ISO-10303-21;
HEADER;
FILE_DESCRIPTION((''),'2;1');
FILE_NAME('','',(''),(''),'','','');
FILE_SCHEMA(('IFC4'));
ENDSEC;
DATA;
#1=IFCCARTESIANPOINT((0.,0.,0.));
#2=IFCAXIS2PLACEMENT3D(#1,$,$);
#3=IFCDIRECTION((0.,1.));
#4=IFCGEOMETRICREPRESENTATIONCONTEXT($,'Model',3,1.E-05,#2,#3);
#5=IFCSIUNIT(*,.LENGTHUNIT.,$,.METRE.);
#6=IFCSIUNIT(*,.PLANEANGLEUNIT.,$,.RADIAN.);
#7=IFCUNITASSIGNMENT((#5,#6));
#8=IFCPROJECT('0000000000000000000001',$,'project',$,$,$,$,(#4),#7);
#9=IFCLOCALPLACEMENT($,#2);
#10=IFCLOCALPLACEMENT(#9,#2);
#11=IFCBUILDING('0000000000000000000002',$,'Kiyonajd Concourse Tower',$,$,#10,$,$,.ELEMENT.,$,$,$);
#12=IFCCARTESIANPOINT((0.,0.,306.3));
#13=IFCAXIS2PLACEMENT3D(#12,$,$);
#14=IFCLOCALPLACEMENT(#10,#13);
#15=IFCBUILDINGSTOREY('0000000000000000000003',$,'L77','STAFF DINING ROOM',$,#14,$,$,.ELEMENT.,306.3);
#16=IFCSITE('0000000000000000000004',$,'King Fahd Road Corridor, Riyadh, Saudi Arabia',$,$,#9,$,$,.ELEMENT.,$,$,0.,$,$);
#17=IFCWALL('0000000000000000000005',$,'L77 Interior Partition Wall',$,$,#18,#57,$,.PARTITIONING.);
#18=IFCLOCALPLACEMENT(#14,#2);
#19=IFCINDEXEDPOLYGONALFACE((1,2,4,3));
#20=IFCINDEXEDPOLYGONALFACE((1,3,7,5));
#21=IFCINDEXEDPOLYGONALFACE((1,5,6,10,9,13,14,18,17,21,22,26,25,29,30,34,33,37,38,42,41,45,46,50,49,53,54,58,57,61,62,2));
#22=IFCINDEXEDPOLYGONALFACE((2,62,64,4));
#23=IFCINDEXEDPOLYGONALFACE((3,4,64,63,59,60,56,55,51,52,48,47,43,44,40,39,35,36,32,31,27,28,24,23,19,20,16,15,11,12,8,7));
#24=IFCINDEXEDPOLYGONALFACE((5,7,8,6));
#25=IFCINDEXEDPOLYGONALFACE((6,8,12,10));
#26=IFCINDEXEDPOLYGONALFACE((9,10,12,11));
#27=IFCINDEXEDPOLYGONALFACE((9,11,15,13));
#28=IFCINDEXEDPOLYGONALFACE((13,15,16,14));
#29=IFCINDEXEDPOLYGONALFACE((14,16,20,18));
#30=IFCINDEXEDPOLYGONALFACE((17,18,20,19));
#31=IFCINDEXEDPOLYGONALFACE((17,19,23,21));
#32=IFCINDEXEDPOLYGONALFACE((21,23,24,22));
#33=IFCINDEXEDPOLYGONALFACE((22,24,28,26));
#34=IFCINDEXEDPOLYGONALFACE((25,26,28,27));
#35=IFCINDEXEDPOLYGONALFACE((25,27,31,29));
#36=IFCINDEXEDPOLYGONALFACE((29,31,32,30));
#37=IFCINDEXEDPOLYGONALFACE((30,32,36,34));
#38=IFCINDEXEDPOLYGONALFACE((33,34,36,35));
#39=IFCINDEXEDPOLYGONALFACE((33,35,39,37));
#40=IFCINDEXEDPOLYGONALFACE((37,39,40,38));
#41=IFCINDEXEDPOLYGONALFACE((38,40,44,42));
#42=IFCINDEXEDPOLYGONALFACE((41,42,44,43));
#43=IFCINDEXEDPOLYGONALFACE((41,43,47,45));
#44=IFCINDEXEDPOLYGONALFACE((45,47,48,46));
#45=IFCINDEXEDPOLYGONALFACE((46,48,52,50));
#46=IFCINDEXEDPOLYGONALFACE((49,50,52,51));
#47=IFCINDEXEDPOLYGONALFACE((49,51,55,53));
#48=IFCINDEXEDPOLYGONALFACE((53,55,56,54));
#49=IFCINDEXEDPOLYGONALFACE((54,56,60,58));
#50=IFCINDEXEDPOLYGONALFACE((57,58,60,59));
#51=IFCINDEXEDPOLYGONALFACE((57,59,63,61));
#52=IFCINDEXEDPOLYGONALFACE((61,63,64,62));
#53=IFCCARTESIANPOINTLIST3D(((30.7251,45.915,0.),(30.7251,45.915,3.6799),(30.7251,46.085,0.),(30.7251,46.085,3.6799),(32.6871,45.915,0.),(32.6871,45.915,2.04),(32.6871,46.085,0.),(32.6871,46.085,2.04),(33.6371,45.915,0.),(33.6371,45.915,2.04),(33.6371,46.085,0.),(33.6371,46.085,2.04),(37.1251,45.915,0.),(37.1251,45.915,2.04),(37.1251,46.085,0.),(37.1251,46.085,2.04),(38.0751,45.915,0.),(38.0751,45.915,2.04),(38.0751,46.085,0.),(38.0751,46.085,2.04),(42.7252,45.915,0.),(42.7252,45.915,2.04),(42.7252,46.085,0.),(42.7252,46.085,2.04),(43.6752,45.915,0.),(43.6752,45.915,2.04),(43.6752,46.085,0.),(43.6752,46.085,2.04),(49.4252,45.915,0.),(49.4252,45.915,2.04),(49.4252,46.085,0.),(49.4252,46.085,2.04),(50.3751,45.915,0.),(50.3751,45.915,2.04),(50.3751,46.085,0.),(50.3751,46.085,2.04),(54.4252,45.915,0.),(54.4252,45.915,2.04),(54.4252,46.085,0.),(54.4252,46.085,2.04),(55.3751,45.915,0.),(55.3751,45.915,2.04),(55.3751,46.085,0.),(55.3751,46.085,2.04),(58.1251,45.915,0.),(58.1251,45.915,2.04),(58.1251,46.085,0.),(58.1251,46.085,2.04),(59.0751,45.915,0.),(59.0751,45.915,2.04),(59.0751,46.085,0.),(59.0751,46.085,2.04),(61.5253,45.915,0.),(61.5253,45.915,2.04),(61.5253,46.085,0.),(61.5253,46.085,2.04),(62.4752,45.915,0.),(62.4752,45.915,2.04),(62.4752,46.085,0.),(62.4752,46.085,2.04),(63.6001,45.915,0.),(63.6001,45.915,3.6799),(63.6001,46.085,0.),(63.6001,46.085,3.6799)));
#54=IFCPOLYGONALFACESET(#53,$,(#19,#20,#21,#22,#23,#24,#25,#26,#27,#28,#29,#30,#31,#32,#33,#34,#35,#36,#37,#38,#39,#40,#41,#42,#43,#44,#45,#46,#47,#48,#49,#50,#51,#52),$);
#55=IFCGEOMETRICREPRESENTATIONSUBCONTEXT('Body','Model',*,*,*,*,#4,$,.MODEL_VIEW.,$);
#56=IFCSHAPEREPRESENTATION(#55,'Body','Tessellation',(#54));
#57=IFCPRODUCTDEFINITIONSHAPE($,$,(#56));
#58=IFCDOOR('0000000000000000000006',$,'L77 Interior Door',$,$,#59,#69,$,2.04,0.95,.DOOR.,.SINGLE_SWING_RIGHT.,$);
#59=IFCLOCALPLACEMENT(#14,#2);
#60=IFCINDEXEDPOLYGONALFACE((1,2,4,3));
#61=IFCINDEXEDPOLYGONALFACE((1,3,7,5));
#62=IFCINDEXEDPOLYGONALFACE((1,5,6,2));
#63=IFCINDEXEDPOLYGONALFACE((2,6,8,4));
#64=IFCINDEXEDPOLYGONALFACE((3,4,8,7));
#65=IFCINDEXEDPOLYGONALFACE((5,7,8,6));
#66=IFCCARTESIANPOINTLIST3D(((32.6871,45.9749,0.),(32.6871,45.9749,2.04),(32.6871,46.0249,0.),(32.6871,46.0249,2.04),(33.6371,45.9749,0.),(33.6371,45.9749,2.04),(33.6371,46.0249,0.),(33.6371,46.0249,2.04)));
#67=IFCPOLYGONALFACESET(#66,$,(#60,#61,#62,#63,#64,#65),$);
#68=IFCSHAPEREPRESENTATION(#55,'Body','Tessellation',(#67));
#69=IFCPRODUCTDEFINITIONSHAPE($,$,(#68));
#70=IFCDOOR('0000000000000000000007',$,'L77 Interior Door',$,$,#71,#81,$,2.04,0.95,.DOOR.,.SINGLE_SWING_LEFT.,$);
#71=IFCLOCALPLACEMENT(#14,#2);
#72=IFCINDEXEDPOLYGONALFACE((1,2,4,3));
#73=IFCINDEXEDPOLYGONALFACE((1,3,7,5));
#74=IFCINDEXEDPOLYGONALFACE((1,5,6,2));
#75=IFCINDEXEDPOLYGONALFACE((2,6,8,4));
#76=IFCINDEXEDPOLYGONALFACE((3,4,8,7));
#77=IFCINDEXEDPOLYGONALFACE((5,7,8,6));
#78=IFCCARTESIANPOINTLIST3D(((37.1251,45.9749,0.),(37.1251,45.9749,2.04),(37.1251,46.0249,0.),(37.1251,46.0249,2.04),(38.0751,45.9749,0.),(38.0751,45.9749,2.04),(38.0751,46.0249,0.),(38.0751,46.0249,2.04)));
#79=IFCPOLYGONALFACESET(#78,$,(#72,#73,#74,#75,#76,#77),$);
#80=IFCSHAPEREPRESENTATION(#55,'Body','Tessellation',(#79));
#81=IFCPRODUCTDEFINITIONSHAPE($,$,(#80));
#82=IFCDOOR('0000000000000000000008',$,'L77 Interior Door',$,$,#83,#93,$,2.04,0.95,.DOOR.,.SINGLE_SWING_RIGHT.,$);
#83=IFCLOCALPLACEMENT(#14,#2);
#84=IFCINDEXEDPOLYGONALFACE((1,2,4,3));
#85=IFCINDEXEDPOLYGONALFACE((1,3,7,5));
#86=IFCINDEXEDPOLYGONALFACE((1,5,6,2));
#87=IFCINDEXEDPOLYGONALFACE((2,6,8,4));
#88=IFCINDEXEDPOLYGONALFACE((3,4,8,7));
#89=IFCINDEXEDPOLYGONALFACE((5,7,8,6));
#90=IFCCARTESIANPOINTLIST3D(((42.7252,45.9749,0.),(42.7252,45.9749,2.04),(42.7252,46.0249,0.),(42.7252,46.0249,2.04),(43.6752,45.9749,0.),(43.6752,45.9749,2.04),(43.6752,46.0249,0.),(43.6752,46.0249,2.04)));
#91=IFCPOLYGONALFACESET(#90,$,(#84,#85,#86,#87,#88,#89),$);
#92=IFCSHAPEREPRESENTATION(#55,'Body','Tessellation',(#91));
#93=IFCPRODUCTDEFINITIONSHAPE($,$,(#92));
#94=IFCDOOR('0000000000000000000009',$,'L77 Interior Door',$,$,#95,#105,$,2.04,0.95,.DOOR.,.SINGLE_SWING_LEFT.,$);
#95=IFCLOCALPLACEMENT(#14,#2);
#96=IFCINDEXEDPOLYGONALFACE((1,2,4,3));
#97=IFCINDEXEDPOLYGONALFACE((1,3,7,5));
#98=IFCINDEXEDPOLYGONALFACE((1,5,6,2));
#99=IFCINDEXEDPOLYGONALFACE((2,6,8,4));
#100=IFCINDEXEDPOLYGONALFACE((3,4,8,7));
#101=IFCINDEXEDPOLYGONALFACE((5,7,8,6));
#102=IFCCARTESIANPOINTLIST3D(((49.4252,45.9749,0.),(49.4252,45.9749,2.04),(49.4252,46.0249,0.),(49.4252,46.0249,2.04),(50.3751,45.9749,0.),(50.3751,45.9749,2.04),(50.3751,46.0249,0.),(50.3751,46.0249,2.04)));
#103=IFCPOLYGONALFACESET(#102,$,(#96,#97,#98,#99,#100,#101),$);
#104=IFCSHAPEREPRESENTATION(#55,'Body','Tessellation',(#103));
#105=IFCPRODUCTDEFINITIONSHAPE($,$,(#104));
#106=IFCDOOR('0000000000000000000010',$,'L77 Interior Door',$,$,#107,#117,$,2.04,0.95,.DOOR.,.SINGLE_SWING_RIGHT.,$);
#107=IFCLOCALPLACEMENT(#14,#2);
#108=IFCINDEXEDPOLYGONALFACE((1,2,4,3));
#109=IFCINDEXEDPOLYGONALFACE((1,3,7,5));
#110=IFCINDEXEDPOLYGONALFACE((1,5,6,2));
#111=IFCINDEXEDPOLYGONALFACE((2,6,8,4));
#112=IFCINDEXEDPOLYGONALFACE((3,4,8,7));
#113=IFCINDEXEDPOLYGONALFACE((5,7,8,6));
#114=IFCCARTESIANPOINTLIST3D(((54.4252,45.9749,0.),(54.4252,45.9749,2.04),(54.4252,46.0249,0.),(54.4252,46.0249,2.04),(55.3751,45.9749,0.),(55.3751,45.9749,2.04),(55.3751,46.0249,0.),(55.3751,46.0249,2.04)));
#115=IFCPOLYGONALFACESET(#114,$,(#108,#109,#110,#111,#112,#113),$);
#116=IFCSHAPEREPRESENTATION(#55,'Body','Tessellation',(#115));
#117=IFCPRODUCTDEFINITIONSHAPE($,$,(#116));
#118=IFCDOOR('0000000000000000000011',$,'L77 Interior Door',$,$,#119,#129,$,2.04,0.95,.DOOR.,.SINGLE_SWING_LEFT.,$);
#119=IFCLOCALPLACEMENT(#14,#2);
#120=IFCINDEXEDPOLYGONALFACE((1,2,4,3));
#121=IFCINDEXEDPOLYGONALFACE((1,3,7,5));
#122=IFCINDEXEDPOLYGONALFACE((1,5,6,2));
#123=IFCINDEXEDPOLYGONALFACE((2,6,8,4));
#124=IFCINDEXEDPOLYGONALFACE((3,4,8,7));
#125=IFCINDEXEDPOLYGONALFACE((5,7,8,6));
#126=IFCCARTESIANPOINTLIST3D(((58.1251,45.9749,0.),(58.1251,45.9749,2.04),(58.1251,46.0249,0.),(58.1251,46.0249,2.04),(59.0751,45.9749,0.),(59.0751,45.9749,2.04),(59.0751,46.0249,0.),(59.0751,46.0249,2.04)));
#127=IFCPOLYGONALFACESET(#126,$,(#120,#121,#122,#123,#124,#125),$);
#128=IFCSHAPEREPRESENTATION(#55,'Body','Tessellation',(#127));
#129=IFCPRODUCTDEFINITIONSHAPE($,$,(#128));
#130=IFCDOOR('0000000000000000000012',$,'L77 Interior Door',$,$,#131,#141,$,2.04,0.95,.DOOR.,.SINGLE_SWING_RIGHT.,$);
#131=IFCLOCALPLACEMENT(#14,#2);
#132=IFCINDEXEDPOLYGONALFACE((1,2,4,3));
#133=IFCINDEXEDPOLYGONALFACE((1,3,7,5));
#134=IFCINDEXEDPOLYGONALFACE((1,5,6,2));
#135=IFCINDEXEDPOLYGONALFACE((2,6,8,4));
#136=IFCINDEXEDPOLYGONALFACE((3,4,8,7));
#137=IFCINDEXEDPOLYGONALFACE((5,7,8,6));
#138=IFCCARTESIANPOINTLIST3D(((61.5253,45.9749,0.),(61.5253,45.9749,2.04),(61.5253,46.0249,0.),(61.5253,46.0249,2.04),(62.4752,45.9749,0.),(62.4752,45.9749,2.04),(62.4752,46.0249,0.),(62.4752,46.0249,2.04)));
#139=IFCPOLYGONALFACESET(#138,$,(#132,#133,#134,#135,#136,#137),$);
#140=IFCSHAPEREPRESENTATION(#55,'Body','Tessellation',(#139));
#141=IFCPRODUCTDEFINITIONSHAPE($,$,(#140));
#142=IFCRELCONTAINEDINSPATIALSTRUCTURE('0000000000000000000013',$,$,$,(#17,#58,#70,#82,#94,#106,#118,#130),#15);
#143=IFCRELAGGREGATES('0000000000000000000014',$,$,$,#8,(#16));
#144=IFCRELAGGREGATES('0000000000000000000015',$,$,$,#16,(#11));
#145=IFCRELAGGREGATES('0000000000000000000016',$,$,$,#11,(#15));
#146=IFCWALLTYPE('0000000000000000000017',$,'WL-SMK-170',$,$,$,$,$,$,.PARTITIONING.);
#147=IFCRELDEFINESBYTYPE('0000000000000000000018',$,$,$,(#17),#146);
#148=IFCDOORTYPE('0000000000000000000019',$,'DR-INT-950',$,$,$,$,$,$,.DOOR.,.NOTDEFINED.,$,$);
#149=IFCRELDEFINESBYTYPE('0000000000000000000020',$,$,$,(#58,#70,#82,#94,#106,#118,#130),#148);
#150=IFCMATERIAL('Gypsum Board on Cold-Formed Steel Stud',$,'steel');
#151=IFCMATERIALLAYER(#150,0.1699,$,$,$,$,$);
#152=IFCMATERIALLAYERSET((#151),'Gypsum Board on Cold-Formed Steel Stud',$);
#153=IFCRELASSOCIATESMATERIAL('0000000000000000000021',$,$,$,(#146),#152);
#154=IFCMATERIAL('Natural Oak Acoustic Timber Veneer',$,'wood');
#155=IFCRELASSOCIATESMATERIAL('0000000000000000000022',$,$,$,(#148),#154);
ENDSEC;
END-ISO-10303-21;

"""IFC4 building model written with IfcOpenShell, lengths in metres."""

from ifc_helpers import new_model, si_unit, direction, frame, frame_2d, origin, place, context, subcontext, project, spatial, rectangle, extrude, material, layer, layer_set, type_object, element, fill, save


model = new_model("IFC4")

# Units and contexts
model_context = context("Model", 3, precision=1e-05, world=origin(), true_north=direction((0.0, 1.0)))
body_context = subcontext(model_context, "Body", "Model", "MODEL_VIEW")
ifc_project = project(units=[si_unit("LENGTHUNIT", "METRE"), si_unit("PLANEANGLEUNIT", "RADIAN")], contexts=[model_context])

# Site, building, storey
site_placement = place(None, origin())
site = spatial("IfcSite", under=ifc_project, at=site_placement, Name="King Fahd Road Corridor, Riyadh, Saudi Arabia", CompositionType="ELEMENT", RefElevation=0.0)
building_placement = place(site_placement, origin())
building = spatial("IfcBuilding", under=site, at=building_placement, Name="Kiyonajd Concourse Tower", CompositionType="ELEMENT")
storey_placement = place(building_placement, frame((0.0, 0.0, 306.3)))
storey = spatial("IfcBuildingStorey", under=building, at=storey_placement, Name="L77", Description="STAFF DINING ROOM", CompositionType="ELEMENT", Elevation=306.3)

# Wall, openings, doors
ifc_material_1 = material(Name="Gypsum Board on Cold-Formed Steel Stud", Category="steel")
ifc_layer_1 = layer(ifc_material_1, 0.1699)
ifc_layer_set_1 = layer_set([ifc_layer_1], Name="Gypsum Board on Cold-Formed Steel Stud")
wall_type_1 = type_object("IfcWallType", Name="WL-SMK-170", PredefinedType="PARTITIONING", material=ifc_layer_set_1)
wall_1_placement = place(storey_placement, frame((30.7251, 46.0, 0.0), z_axis=(0.0, 0.0, 1.0), x_axis=(1.0, 0.0, 0.0)))
wall_1 = element("IfcWall", 1, at=wall_1_placement, inside=storey, type_object=wall_type_1, Name="L77 Interior Partition Wall", PredefinedType="PARTITIONING", context=body_context, shape_type="SweptSolid", body=[
    extrude(rectangle(XDim=32.875, YDim=0.1699, at=frame_2d((16.4375, 0.0))), origin(), (0.0, 0.0, 1.0), 3.6799),
])
opening_1_placement = place(wall_1_placement, frame((1.9619, 0.0, 0.0)))
opening_1 = element("IfcOpeningElement", 2, at=opening_1_placement, cuts=wall_1, PredefinedType="OPENING", context=body_context, shape_type="SweptSolid", body=[
    extrude(rectangle(XDim=0.95, YDim=2.04, at=frame_2d((0.4751, 1.02))), frame((0.0, 0.095, 0.0), z_axis=(0.0, -1.0, 0.0), x_axis=(1.0, 0.0, 0.0)), (0.0, 0.0, 1.0), 0.1899),
])
opening_2_placement = place(wall_1_placement, frame((6.3999, 0.0, 0.0)))
opening_2 = element("IfcOpeningElement", 3, at=opening_2_placement, cuts=wall_1, PredefinedType="OPENING", context=body_context, shape_type="SweptSolid", body=[
    extrude(rectangle(XDim=0.95, YDim=2.04, at=frame_2d((0.4751, 1.02))), frame((0.0, 0.095, 0.0), z_axis=(0.0, -1.0, 0.0), x_axis=(1.0, 0.0, 0.0)), (0.0, 0.0, 1.0), 0.1899),
])
opening_3_placement = place(wall_1_placement, frame((12.0, 0.0, 0.0)))
opening_3 = element("IfcOpeningElement", 4, at=opening_3_placement, cuts=wall_1, PredefinedType="OPENING", context=body_context, shape_type="SweptSolid", body=[
    extrude(rectangle(XDim=0.95, YDim=2.04, at=frame_2d((0.4751, 1.02))), frame((0.0, 0.095, 0.0), z_axis=(0.0, -1.0, 0.0), x_axis=(1.0, 0.0, 0.0)), (0.0, 0.0, 1.0), 0.1899),
])
opening_4_placement = place(wall_1_placement, frame((18.7, 0.0, 0.0)))
opening_4 = element("IfcOpeningElement", 5, at=opening_4_placement, cuts=wall_1, PredefinedType="OPENING", context=body_context, shape_type="SweptSolid", body=[
    extrude(rectangle(XDim=0.95, YDim=2.04, at=frame_2d((0.4751, 1.02))), frame((0.0, 0.095, 0.0), z_axis=(0.0, -1.0, 0.0), x_axis=(1.0, 0.0, 0.0)), (0.0, 0.0, 1.0), 0.1899),
])
opening_5_placement = place(wall_1_placement, frame((23.7, 0.0, 0.0)))
opening_5 = element("IfcOpeningElement", 6, at=opening_5_placement, cuts=wall_1, PredefinedType="OPENING", context=body_context, shape_type="SweptSolid", body=[
    extrude(rectangle(XDim=0.95, YDim=2.04, at=frame_2d((0.4751, 1.02))), frame((0.0, 0.095, 0.0), z_axis=(0.0, -1.0, 0.0), x_axis=(1.0, 0.0, 0.0)), (0.0, 0.0, 1.0), 0.1899),
])
opening_6_placement = place(wall_1_placement, frame((27.3999, 0.0, 0.0)))
opening_6 = element("IfcOpeningElement", 7, at=opening_6_placement, cuts=wall_1, PredefinedType="OPENING", context=body_context, shape_type="SweptSolid", body=[
    extrude(rectangle(XDim=0.95, YDim=2.04, at=frame_2d((0.4751, 1.02))), frame((0.0, 0.095, 0.0), z_axis=(0.0, -1.0, 0.0), x_axis=(1.0, 0.0, 0.0)), (0.0, 0.0, 1.0), 0.1899),
])
opening_7_placement = place(wall_1_placement, frame((30.8, 0.0, 0.0)))
opening_7 = element("IfcOpeningElement", 8, at=opening_7_placement, cuts=wall_1, PredefinedType="OPENING", context=body_context, shape_type="SweptSolid", body=[
    extrude(rectangle(XDim=0.95, YDim=2.04, at=frame_2d((0.4751, 1.02))), frame((0.0, 0.095, 0.0), z_axis=(0.0, -1.0, 0.0), x_axis=(1.0, 0.0, 0.0)), (0.0, 0.0, 1.0), 0.1899),
])
ifc_material_2 = material(Name="Natural Oak Acoustic Timber Veneer", Category="wood")
door_type = type_object("IfcDoorType", Name="DR-INT-950", OperationType="NOTDEFINED", PredefinedType="DOOR", material=ifc_material_2)
door_1_placement = place(opening_1_placement, origin())
door_1 = element("IfcDoor", 9, at=door_1_placement, inside=storey, type_object=door_type, Name="L77 Interior Door", OperationType="SINGLE_SWING_RIGHT", OverallHeight=2.04, OverallWidth=0.95, PredefinedType="DOOR", context=body_context, shape_type="SweptSolid", body=[
    extrude(rectangle(XDim=0.95, YDim=2.04, at=frame_2d((0.4751, 1.02))), frame((0.0, 0.0249, 0.0), z_axis=(0.0, -1.0, 0.0), x_axis=(1.0, 0.0, 0.0)), (0.0, 0.0, 1.0), 0.05),
])
fill(opening_1, door_1)
door_2_placement = place(opening_2_placement, origin())
door_2 = element("IfcDoor", 10, at=door_2_placement, inside=storey, type_object=door_type, Name="L77 Interior Door", OperationType="SINGLE_SWING_LEFT", OverallHeight=2.04, OverallWidth=0.95, PredefinedType="DOOR", context=body_context, shape_type="SweptSolid", body=[
    extrude(rectangle(XDim=0.95, YDim=2.04, at=frame_2d((0.4751, 1.02))), frame((0.0, 0.0249, 0.0), z_axis=(0.0, -1.0, 0.0), x_axis=(1.0, 0.0, 0.0)), (0.0, 0.0, 1.0), 0.05),
])
fill(opening_2, door_2)
door_3_placement = place(opening_3_placement, origin())
door_3 = element("IfcDoor", 11, at=door_3_placement, inside=storey, type_object=door_type, Name="L77 Interior Door", OperationType="SINGLE_SWING_RIGHT", OverallHeight=2.04, OverallWidth=0.95, PredefinedType="DOOR", context=body_context, shape_type="SweptSolid", body=[
    extrude(rectangle(XDim=0.95, YDim=2.04, at=frame_2d((0.4751, 1.02))), frame((0.0, 0.0249, 0.0), z_axis=(0.0, -1.0, 0.0), x_axis=(1.0, 0.0, 0.0)), (0.0, 0.0, 1.0), 0.05),
])
fill(opening_3, door_3)
door_4_placement = place(opening_4_placement, origin())
door_4 = element("IfcDoor", 12, at=door_4_placement, inside=storey, type_object=door_type, Name="L77 Interior Door", OperationType="SINGLE_SWING_LEFT", OverallHeight=2.04, OverallWidth=0.95, PredefinedType="DOOR", context=body_context, shape_type="SweptSolid", body=[
    extrude(rectangle(XDim=0.95, YDim=2.04, at=frame_2d((0.4751, 1.02))), frame((0.0, 0.0249, 0.0), z_axis=(0.0, -1.0, 0.0), x_axis=(1.0, 0.0, 0.0)), (0.0, 0.0, 1.0), 0.05),
])
fill(opening_4, door_4)
door_5_placement = place(opening_5_placement, origin())
door_5 = element("IfcDoor", 13, at=door_5_placement, inside=storey, type_object=door_type, Name="L77 Interior Door", OperationType="SINGLE_SWING_RIGHT", OverallHeight=2.04, OverallWidth=0.95, PredefinedType="DOOR", context=body_context, shape_type="SweptSolid", body=[
    extrude(rectangle(XDim=0.95, YDim=2.04, at=frame_2d((0.4751, 1.02))), frame((0.0, 0.0249, 0.0), z_axis=(0.0, -1.0, 0.0), x_axis=(1.0, 0.0, 0.0)), (0.0, 0.0, 1.0), 0.05),
])
fill(opening_5, door_5)
door_6_placement = place(opening_6_placement, origin())
door_6 = element("IfcDoor", 14, at=door_6_placement, inside=storey, type_object=door_type, Name="L77 Interior Door", OperationType="SINGLE_SWING_LEFT", OverallHeight=2.04, OverallWidth=0.95, PredefinedType="DOOR", context=body_context, shape_type="SweptSolid", body=[
    extrude(rectangle(XDim=0.95, YDim=2.04, at=frame_2d((0.4751, 1.02))), frame((0.0, 0.0249, 0.0), z_axis=(0.0, -1.0, 0.0), x_axis=(1.0, 0.0, 0.0)), (0.0, 0.0, 1.0), 0.05),
])
fill(opening_6, door_6)
door_7_placement = place(opening_7_placement, origin())
door_7 = element("IfcDoor", 15, at=door_7_placement, inside=storey, type_object=door_type, Name="L77 Interior Door", OperationType="SINGLE_SWING_RIGHT", OverallHeight=2.04, OverallWidth=0.95, PredefinedType="DOOR", context=body_context, shape_type="SweptSolid", body=[
    extrude(rectangle(XDim=0.95, YDim=2.04, at=frame_2d((0.4751, 1.02))), frame((0.0, 0.0249, 0.0), z_axis=(0.0, -1.0, 0.0), x_axis=(1.0, 0.0, 0.0)), (0.0, 0.0, 1.0), 0.05),
])
fill(opening_7, door_7)

save(model, "model.ifc")
